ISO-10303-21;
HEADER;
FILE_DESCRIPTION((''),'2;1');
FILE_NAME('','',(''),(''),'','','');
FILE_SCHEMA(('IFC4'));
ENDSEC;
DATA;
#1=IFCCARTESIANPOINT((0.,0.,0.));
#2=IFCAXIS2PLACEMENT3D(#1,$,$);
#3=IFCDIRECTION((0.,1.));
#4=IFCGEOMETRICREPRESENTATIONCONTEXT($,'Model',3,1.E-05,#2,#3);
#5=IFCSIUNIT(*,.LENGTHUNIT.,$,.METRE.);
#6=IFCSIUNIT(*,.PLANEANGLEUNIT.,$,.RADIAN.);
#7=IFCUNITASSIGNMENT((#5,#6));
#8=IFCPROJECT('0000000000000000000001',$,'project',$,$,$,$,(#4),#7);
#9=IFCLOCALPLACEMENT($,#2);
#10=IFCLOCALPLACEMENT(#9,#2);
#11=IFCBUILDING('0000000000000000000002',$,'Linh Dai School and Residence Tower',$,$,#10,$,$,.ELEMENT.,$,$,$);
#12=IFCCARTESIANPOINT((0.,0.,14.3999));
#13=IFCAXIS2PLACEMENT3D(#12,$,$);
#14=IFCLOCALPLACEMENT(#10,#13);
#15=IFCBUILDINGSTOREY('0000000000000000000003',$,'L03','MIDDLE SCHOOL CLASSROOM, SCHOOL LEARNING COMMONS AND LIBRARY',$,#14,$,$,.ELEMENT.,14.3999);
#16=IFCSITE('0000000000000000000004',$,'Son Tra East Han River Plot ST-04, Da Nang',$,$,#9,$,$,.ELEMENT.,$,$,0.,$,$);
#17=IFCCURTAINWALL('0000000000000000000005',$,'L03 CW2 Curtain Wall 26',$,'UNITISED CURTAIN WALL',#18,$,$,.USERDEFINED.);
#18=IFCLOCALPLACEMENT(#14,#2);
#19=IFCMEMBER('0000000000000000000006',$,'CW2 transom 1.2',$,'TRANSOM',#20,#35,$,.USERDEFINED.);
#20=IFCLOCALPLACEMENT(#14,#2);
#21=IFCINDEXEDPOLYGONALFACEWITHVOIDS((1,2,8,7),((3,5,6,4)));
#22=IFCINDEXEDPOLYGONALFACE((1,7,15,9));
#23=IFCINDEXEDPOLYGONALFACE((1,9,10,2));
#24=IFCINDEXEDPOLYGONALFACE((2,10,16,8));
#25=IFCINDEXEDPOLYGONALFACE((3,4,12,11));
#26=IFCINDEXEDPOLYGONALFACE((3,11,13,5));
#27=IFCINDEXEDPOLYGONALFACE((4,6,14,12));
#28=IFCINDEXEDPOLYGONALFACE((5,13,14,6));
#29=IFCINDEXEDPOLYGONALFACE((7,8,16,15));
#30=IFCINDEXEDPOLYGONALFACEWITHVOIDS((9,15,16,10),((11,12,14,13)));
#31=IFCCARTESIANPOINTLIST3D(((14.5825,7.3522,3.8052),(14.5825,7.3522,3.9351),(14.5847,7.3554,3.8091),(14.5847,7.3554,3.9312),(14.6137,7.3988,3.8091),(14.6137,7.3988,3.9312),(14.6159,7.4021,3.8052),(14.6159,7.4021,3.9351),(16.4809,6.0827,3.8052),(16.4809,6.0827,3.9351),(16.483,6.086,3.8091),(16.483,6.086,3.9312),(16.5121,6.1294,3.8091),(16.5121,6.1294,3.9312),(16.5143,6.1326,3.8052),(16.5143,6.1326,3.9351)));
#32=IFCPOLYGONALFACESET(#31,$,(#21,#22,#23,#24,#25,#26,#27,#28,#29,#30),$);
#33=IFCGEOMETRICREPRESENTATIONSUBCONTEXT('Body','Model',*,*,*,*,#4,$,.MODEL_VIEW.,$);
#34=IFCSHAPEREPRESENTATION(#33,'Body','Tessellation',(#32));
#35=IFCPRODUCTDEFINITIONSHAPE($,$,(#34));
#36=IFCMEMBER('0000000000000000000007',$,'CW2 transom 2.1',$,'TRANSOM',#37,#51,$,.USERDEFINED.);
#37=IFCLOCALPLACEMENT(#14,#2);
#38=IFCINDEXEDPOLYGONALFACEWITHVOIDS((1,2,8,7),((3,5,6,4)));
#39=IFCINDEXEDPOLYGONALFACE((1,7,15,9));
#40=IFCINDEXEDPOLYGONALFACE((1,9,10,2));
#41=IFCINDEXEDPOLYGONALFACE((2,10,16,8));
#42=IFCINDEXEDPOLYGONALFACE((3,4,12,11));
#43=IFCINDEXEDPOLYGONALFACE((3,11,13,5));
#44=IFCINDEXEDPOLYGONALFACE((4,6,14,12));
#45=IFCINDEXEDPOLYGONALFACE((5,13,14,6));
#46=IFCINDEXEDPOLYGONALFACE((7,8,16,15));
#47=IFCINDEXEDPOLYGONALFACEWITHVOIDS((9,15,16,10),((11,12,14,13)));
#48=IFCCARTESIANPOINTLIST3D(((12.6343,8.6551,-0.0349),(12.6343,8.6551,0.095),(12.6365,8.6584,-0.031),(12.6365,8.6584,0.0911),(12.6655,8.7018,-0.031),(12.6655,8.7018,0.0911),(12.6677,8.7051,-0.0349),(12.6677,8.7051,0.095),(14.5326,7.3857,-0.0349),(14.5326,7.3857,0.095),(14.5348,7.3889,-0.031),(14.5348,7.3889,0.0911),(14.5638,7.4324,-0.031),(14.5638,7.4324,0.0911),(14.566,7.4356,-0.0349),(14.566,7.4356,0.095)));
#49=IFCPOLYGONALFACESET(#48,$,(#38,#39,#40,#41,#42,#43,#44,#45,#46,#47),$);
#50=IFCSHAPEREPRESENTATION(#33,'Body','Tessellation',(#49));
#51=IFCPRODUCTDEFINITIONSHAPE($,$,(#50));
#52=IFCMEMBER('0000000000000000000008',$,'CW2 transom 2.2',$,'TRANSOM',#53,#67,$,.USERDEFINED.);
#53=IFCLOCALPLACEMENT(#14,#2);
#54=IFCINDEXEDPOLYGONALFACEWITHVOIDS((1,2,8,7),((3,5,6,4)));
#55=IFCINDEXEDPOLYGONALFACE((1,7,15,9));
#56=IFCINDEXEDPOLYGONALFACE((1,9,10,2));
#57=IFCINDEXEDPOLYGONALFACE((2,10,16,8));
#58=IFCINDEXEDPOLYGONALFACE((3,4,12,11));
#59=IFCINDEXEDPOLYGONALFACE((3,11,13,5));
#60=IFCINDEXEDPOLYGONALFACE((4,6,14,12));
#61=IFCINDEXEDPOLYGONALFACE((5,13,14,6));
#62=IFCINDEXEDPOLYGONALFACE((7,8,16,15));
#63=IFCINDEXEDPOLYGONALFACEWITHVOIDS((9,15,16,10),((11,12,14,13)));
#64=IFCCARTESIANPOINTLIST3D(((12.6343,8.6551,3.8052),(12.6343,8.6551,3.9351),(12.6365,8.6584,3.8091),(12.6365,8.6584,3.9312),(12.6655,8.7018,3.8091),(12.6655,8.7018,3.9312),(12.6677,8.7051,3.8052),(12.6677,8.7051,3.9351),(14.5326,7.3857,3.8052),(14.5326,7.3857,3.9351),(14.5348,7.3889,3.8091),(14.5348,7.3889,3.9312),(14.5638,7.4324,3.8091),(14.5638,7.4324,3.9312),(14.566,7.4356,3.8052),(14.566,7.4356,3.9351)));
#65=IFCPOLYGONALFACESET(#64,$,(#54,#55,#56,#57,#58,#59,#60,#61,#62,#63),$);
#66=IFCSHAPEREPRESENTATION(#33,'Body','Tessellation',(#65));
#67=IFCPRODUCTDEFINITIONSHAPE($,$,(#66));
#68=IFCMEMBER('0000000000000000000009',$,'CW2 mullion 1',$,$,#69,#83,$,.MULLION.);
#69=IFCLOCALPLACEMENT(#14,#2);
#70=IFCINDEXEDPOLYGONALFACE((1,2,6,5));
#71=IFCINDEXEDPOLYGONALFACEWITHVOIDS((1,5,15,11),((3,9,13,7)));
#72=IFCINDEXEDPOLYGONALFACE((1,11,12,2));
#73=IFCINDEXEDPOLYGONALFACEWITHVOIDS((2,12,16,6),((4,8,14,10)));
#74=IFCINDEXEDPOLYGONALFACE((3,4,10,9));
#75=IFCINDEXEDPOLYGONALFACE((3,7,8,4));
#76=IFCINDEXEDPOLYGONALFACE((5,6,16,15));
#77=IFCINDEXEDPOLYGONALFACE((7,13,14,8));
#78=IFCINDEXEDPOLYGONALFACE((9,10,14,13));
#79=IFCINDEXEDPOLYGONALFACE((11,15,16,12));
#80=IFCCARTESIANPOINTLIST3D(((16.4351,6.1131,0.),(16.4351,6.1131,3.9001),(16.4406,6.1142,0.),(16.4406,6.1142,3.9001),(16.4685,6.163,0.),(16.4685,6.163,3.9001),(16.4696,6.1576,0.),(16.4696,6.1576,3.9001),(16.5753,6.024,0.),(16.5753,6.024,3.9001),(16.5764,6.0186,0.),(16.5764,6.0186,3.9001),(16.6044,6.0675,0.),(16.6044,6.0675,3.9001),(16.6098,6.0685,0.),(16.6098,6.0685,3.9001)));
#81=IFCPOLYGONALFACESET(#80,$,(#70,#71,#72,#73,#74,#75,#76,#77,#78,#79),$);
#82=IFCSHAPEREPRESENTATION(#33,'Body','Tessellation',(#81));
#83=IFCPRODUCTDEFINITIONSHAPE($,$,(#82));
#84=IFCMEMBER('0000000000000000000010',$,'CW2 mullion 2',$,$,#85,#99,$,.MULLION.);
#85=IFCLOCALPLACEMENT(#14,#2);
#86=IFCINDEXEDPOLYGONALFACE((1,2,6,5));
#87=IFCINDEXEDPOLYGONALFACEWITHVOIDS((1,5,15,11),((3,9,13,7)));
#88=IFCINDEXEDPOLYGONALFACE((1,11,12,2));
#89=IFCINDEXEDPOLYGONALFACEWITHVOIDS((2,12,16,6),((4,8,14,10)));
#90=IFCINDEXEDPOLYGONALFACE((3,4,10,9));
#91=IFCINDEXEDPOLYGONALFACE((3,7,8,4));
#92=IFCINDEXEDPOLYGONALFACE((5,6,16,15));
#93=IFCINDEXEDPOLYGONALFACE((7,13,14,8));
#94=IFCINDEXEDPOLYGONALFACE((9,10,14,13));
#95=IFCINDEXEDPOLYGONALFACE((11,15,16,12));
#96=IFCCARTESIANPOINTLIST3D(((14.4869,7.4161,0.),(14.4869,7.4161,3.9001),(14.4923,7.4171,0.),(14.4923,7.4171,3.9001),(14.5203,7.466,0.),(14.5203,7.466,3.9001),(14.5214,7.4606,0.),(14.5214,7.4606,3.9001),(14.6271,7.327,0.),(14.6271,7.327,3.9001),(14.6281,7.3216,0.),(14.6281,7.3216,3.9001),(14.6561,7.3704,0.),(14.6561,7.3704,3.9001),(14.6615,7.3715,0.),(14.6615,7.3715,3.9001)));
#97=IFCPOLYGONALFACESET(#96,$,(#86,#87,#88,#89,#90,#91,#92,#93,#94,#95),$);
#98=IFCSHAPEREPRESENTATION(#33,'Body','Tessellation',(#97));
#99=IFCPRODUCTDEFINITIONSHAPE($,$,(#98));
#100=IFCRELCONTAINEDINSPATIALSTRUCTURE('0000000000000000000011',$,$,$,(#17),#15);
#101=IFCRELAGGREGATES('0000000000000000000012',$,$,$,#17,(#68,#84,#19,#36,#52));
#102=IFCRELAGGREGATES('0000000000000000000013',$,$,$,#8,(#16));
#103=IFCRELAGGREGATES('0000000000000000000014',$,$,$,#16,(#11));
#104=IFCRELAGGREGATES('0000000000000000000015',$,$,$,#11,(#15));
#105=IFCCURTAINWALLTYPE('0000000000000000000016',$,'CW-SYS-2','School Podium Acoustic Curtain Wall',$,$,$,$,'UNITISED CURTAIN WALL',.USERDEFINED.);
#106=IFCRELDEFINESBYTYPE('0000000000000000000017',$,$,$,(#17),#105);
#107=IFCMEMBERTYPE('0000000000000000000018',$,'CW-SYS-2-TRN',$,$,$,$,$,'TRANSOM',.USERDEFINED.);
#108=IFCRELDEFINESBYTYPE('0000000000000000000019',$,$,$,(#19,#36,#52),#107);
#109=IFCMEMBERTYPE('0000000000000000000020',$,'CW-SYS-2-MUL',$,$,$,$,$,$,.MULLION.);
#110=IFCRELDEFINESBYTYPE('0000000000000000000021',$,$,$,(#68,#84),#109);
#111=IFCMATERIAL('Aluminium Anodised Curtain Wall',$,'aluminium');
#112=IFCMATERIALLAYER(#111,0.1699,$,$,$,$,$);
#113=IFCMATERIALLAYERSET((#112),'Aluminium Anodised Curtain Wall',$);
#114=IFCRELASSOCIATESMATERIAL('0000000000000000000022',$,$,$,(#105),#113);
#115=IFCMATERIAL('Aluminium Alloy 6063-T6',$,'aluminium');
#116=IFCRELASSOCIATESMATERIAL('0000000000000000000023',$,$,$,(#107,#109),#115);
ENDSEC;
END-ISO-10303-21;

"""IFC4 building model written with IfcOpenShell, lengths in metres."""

from ifc_helpers import new_model, si_unit, direction, frame, origin, origin_2d, place, context, subcontext, project, spatial, hollow_rectangle, extrude, source, transform, mapped, material, layer, layer_set, material_profile, profile_set, type_object, element, aggregate, save


model = new_model("IFC4")

# Units and contexts
model_context = context("Model", 3, precision=1e-05, world=origin(), true_north=direction((0.0, 1.0)))
body_context = subcontext(model_context, "Body", "Model", "MODEL_VIEW")
ifc_project = project(units=[si_unit("LENGTHUNIT", "METRE"), si_unit("PLANEANGLEUNIT", "RADIAN")], contexts=[model_context])

# Site, building, storey
site_placement = place(None, origin())
site = spatial("IfcSite", under=ifc_project, at=site_placement, Name="Son Tra East Han River Plot ST-04, Da Nang", CompositionType="ELEMENT", RefElevation=0.0)
building_placement = place(site_placement, origin())
building = spatial("IfcBuilding", under=site, at=building_placement, Name="Linh Dai School and Residence Tower", CompositionType="ELEMENT")
storey_placement = place(building_placement, frame((0.0, 0.0, 14.3999)))
storey = spatial("IfcBuildingStorey", under=building, at=storey_placement, Name="L03", Description="MIDDLE SCHOOL CLASSROOM, SCHOOL LEARNING COMMONS AND LIBRARY", CompositionType="ELEMENT", Elevation=14.3999)

# Curtain wall, members
ifc_material_1 = material(Name="Aluminium Anodised Curtain Wall", Category="aluminium")
ifc_layer_1 = layer(ifc_material_1, 0.1699)
ifc_layer_set_1 = layer_set([ifc_layer_1], Name="Aluminium Anodised Curtain Wall")
curtain_wall_type = type_object("IfcCurtainWallType", Name="CW-SYS-2", Description="School Podium Acoustic Curtain Wall", ElementType="UNITISED CURTAIN WALL", PredefinedType="USERDEFINED", material=ifc_layer_set_1)
curtain_wall_placement = place(storey_placement, origin())
curtain_wall = element("IfcCurtainWall", 1, at=curtain_wall_placement, inside=storey, type_object=curtain_wall_type, Name="L03 CW2 Curtain Wall 26", ObjectType="UNITISED CURTAIN WALL", PredefinedType="USERDEFINED")
ifc_material_2 = material(Name="Aluminium Alloy 6063-T6", Category="aluminium")
ifc_material_profile_1 = material_profile(ifc_material_2, hollow_rectangle(XDim=0.0601, YDim=0.1299, WallThickness=0.0039, at=origin_2d()), Name="RHS 130x60x4")
ifc_profile_set_1 = profile_set([ifc_material_profile_1], Name="Aluminium Alloy 6063-T6")
member_type_1 = type_object("IfcMemberType", Name="CW-SYS-2-TRN", ElementType="TRANSOM", PredefinedType="USERDEFINED", material=ifc_profile_set_1)
shared_shape_1 = source(origin(), body_context, "Body", "SweptSolid", [
    extrude(hollow_rectangle(XDim=0.0601, YDim=0.1299, WallThickness=0.0039, at=origin_2d()), origin(), (0.0, 0.0, 1.0), 2.2837),
])
member_1_placement = place(storey_placement, frame((16.4976, 6.1077, 3.8701), z_axis=(-0.83126, 0.555884, 0.0), x_axis=(-0.555884, -0.83126, 0.0)))
member_1 = element("IfcMember", 2, at=member_1_placement, type_object=member_type_1, Name="CW2 transom 1.2", ObjectType="TRANSOM", PredefinedType="USERDEFINED", context=body_context, shape_type="MappedRepresentation", body=[
    mapped(shared_shape_1, transform((0.0, 0.0, 0.0), x_axis=(1.0, 0.0, 0.0), y_axis=(0.0, 1.0, 0.0), z_axis=(0.0, 0.0, 1.0), scale=1.0)),
])
member_2_placement = place(storey_placement, frame((14.5493, 7.4106, 0.03), z_axis=(-0.83126, 0.555884, 0.0), x_axis=(-0.555884, -0.83126, 0.0)))
member_2 = element("IfcMember", 3, at=member_2_placement, type_object=member_type_1, Name="CW2 transom 2.1", ObjectType="TRANSOM", PredefinedType="USERDEFINED", context=body_context, shape_type="MappedRepresentation", body=[
    mapped(shared_shape_1, transform((0.0, 0.0, 0.0), x_axis=(1.0, 0.0, 0.0), y_axis=(0.0, 1.0, 0.0), z_axis=(0.0, 0.0, 1.0), scale=1.0)),
])
member_3_placement = place(storey_placement, frame((14.5493, 7.4106, 3.8701), z_axis=(-0.83126, 0.555884, 0.0), x_axis=(-0.555884, -0.83126, 0.0)))
member_3 = element("IfcMember", 4, at=member_3_placement, type_object=member_type_1, Name="CW2 transom 2.2", ObjectType="TRANSOM", PredefinedType="USERDEFINED", context=body_context, shape_type="MappedRepresentation", body=[
    mapped(shared_shape_1, transform((0.0, 0.0, 0.0), x_axis=(1.0, 0.0, 0.0), y_axis=(0.0, 1.0, 0.0), z_axis=(0.0, 0.0, 1.0), scale=1.0)),
])
ifc_material_profile_2 = material_profile(ifc_material_2, hollow_rectangle(XDim=0.0601, YDim=0.1699, WallThickness=0.0039, at=origin_2d()), Name="RHS 170x60x4")
ifc_profile_set_2 = profile_set([ifc_material_profile_2], Name="Aluminium Alloy 6063-T6")
member_type_2 = type_object("IfcMemberType", Name="CW-SYS-2-MUL", PredefinedType="MULLION", material=ifc_profile_set_2)
shared_shape_2 = source(origin(), body_context, "Body", "SweptSolid", [
    extrude(hollow_rectangle(XDim=0.0601, YDim=0.1699, WallThickness=0.0039, at=origin_2d()), origin(), (0.0, 0.0, 1.0), 3.9001),
])
member_4_placement = place(storey_placement, frame((16.5225, 6.0908, 0.0), z_axis=(0.0, 0.0, 1.0), x_axis=(-0.555957, -0.831211, 0.0)))
member_4 = element("IfcMember", 5, at=member_4_placement, type_object=member_type_2, Name="CW2 mullion 1", PredefinedType="MULLION", context=body_context, shape_type="MappedRepresentation", body=[
    mapped(shared_shape_2, transform((0.0, 0.0, 0.0), x_axis=(1.0, 0.0, 0.0), y_axis=(0.0, 1.0, 0.0), z_axis=(0.0, 0.0, 1.0), scale=1.0)),
])
member_5_placement = place(storey_placement, frame((14.5742, 7.3938, 0.0), z_axis=(0.0, 0.0, 1.0), x_axis=(-0.555957, -0.831211, 0.0)))
member_5 = element("IfcMember", 6, at=member_5_placement, type_object=member_type_2, Name="CW2 mullion 2", PredefinedType="MULLION", context=body_context, shape_type="MappedRepresentation", body=[
    mapped(shared_shape_2, transform((0.0, 0.0, 0.0), x_axis=(1.0, 0.0, 0.0), y_axis=(0.0, 1.0, 0.0), z_axis=(0.0, 0.0, 1.0), scale=1.0)),
])

aggregate(curtain_wall, [member_4, member_5, member_1, member_2, member_3])

save(model, "model.ifc")
